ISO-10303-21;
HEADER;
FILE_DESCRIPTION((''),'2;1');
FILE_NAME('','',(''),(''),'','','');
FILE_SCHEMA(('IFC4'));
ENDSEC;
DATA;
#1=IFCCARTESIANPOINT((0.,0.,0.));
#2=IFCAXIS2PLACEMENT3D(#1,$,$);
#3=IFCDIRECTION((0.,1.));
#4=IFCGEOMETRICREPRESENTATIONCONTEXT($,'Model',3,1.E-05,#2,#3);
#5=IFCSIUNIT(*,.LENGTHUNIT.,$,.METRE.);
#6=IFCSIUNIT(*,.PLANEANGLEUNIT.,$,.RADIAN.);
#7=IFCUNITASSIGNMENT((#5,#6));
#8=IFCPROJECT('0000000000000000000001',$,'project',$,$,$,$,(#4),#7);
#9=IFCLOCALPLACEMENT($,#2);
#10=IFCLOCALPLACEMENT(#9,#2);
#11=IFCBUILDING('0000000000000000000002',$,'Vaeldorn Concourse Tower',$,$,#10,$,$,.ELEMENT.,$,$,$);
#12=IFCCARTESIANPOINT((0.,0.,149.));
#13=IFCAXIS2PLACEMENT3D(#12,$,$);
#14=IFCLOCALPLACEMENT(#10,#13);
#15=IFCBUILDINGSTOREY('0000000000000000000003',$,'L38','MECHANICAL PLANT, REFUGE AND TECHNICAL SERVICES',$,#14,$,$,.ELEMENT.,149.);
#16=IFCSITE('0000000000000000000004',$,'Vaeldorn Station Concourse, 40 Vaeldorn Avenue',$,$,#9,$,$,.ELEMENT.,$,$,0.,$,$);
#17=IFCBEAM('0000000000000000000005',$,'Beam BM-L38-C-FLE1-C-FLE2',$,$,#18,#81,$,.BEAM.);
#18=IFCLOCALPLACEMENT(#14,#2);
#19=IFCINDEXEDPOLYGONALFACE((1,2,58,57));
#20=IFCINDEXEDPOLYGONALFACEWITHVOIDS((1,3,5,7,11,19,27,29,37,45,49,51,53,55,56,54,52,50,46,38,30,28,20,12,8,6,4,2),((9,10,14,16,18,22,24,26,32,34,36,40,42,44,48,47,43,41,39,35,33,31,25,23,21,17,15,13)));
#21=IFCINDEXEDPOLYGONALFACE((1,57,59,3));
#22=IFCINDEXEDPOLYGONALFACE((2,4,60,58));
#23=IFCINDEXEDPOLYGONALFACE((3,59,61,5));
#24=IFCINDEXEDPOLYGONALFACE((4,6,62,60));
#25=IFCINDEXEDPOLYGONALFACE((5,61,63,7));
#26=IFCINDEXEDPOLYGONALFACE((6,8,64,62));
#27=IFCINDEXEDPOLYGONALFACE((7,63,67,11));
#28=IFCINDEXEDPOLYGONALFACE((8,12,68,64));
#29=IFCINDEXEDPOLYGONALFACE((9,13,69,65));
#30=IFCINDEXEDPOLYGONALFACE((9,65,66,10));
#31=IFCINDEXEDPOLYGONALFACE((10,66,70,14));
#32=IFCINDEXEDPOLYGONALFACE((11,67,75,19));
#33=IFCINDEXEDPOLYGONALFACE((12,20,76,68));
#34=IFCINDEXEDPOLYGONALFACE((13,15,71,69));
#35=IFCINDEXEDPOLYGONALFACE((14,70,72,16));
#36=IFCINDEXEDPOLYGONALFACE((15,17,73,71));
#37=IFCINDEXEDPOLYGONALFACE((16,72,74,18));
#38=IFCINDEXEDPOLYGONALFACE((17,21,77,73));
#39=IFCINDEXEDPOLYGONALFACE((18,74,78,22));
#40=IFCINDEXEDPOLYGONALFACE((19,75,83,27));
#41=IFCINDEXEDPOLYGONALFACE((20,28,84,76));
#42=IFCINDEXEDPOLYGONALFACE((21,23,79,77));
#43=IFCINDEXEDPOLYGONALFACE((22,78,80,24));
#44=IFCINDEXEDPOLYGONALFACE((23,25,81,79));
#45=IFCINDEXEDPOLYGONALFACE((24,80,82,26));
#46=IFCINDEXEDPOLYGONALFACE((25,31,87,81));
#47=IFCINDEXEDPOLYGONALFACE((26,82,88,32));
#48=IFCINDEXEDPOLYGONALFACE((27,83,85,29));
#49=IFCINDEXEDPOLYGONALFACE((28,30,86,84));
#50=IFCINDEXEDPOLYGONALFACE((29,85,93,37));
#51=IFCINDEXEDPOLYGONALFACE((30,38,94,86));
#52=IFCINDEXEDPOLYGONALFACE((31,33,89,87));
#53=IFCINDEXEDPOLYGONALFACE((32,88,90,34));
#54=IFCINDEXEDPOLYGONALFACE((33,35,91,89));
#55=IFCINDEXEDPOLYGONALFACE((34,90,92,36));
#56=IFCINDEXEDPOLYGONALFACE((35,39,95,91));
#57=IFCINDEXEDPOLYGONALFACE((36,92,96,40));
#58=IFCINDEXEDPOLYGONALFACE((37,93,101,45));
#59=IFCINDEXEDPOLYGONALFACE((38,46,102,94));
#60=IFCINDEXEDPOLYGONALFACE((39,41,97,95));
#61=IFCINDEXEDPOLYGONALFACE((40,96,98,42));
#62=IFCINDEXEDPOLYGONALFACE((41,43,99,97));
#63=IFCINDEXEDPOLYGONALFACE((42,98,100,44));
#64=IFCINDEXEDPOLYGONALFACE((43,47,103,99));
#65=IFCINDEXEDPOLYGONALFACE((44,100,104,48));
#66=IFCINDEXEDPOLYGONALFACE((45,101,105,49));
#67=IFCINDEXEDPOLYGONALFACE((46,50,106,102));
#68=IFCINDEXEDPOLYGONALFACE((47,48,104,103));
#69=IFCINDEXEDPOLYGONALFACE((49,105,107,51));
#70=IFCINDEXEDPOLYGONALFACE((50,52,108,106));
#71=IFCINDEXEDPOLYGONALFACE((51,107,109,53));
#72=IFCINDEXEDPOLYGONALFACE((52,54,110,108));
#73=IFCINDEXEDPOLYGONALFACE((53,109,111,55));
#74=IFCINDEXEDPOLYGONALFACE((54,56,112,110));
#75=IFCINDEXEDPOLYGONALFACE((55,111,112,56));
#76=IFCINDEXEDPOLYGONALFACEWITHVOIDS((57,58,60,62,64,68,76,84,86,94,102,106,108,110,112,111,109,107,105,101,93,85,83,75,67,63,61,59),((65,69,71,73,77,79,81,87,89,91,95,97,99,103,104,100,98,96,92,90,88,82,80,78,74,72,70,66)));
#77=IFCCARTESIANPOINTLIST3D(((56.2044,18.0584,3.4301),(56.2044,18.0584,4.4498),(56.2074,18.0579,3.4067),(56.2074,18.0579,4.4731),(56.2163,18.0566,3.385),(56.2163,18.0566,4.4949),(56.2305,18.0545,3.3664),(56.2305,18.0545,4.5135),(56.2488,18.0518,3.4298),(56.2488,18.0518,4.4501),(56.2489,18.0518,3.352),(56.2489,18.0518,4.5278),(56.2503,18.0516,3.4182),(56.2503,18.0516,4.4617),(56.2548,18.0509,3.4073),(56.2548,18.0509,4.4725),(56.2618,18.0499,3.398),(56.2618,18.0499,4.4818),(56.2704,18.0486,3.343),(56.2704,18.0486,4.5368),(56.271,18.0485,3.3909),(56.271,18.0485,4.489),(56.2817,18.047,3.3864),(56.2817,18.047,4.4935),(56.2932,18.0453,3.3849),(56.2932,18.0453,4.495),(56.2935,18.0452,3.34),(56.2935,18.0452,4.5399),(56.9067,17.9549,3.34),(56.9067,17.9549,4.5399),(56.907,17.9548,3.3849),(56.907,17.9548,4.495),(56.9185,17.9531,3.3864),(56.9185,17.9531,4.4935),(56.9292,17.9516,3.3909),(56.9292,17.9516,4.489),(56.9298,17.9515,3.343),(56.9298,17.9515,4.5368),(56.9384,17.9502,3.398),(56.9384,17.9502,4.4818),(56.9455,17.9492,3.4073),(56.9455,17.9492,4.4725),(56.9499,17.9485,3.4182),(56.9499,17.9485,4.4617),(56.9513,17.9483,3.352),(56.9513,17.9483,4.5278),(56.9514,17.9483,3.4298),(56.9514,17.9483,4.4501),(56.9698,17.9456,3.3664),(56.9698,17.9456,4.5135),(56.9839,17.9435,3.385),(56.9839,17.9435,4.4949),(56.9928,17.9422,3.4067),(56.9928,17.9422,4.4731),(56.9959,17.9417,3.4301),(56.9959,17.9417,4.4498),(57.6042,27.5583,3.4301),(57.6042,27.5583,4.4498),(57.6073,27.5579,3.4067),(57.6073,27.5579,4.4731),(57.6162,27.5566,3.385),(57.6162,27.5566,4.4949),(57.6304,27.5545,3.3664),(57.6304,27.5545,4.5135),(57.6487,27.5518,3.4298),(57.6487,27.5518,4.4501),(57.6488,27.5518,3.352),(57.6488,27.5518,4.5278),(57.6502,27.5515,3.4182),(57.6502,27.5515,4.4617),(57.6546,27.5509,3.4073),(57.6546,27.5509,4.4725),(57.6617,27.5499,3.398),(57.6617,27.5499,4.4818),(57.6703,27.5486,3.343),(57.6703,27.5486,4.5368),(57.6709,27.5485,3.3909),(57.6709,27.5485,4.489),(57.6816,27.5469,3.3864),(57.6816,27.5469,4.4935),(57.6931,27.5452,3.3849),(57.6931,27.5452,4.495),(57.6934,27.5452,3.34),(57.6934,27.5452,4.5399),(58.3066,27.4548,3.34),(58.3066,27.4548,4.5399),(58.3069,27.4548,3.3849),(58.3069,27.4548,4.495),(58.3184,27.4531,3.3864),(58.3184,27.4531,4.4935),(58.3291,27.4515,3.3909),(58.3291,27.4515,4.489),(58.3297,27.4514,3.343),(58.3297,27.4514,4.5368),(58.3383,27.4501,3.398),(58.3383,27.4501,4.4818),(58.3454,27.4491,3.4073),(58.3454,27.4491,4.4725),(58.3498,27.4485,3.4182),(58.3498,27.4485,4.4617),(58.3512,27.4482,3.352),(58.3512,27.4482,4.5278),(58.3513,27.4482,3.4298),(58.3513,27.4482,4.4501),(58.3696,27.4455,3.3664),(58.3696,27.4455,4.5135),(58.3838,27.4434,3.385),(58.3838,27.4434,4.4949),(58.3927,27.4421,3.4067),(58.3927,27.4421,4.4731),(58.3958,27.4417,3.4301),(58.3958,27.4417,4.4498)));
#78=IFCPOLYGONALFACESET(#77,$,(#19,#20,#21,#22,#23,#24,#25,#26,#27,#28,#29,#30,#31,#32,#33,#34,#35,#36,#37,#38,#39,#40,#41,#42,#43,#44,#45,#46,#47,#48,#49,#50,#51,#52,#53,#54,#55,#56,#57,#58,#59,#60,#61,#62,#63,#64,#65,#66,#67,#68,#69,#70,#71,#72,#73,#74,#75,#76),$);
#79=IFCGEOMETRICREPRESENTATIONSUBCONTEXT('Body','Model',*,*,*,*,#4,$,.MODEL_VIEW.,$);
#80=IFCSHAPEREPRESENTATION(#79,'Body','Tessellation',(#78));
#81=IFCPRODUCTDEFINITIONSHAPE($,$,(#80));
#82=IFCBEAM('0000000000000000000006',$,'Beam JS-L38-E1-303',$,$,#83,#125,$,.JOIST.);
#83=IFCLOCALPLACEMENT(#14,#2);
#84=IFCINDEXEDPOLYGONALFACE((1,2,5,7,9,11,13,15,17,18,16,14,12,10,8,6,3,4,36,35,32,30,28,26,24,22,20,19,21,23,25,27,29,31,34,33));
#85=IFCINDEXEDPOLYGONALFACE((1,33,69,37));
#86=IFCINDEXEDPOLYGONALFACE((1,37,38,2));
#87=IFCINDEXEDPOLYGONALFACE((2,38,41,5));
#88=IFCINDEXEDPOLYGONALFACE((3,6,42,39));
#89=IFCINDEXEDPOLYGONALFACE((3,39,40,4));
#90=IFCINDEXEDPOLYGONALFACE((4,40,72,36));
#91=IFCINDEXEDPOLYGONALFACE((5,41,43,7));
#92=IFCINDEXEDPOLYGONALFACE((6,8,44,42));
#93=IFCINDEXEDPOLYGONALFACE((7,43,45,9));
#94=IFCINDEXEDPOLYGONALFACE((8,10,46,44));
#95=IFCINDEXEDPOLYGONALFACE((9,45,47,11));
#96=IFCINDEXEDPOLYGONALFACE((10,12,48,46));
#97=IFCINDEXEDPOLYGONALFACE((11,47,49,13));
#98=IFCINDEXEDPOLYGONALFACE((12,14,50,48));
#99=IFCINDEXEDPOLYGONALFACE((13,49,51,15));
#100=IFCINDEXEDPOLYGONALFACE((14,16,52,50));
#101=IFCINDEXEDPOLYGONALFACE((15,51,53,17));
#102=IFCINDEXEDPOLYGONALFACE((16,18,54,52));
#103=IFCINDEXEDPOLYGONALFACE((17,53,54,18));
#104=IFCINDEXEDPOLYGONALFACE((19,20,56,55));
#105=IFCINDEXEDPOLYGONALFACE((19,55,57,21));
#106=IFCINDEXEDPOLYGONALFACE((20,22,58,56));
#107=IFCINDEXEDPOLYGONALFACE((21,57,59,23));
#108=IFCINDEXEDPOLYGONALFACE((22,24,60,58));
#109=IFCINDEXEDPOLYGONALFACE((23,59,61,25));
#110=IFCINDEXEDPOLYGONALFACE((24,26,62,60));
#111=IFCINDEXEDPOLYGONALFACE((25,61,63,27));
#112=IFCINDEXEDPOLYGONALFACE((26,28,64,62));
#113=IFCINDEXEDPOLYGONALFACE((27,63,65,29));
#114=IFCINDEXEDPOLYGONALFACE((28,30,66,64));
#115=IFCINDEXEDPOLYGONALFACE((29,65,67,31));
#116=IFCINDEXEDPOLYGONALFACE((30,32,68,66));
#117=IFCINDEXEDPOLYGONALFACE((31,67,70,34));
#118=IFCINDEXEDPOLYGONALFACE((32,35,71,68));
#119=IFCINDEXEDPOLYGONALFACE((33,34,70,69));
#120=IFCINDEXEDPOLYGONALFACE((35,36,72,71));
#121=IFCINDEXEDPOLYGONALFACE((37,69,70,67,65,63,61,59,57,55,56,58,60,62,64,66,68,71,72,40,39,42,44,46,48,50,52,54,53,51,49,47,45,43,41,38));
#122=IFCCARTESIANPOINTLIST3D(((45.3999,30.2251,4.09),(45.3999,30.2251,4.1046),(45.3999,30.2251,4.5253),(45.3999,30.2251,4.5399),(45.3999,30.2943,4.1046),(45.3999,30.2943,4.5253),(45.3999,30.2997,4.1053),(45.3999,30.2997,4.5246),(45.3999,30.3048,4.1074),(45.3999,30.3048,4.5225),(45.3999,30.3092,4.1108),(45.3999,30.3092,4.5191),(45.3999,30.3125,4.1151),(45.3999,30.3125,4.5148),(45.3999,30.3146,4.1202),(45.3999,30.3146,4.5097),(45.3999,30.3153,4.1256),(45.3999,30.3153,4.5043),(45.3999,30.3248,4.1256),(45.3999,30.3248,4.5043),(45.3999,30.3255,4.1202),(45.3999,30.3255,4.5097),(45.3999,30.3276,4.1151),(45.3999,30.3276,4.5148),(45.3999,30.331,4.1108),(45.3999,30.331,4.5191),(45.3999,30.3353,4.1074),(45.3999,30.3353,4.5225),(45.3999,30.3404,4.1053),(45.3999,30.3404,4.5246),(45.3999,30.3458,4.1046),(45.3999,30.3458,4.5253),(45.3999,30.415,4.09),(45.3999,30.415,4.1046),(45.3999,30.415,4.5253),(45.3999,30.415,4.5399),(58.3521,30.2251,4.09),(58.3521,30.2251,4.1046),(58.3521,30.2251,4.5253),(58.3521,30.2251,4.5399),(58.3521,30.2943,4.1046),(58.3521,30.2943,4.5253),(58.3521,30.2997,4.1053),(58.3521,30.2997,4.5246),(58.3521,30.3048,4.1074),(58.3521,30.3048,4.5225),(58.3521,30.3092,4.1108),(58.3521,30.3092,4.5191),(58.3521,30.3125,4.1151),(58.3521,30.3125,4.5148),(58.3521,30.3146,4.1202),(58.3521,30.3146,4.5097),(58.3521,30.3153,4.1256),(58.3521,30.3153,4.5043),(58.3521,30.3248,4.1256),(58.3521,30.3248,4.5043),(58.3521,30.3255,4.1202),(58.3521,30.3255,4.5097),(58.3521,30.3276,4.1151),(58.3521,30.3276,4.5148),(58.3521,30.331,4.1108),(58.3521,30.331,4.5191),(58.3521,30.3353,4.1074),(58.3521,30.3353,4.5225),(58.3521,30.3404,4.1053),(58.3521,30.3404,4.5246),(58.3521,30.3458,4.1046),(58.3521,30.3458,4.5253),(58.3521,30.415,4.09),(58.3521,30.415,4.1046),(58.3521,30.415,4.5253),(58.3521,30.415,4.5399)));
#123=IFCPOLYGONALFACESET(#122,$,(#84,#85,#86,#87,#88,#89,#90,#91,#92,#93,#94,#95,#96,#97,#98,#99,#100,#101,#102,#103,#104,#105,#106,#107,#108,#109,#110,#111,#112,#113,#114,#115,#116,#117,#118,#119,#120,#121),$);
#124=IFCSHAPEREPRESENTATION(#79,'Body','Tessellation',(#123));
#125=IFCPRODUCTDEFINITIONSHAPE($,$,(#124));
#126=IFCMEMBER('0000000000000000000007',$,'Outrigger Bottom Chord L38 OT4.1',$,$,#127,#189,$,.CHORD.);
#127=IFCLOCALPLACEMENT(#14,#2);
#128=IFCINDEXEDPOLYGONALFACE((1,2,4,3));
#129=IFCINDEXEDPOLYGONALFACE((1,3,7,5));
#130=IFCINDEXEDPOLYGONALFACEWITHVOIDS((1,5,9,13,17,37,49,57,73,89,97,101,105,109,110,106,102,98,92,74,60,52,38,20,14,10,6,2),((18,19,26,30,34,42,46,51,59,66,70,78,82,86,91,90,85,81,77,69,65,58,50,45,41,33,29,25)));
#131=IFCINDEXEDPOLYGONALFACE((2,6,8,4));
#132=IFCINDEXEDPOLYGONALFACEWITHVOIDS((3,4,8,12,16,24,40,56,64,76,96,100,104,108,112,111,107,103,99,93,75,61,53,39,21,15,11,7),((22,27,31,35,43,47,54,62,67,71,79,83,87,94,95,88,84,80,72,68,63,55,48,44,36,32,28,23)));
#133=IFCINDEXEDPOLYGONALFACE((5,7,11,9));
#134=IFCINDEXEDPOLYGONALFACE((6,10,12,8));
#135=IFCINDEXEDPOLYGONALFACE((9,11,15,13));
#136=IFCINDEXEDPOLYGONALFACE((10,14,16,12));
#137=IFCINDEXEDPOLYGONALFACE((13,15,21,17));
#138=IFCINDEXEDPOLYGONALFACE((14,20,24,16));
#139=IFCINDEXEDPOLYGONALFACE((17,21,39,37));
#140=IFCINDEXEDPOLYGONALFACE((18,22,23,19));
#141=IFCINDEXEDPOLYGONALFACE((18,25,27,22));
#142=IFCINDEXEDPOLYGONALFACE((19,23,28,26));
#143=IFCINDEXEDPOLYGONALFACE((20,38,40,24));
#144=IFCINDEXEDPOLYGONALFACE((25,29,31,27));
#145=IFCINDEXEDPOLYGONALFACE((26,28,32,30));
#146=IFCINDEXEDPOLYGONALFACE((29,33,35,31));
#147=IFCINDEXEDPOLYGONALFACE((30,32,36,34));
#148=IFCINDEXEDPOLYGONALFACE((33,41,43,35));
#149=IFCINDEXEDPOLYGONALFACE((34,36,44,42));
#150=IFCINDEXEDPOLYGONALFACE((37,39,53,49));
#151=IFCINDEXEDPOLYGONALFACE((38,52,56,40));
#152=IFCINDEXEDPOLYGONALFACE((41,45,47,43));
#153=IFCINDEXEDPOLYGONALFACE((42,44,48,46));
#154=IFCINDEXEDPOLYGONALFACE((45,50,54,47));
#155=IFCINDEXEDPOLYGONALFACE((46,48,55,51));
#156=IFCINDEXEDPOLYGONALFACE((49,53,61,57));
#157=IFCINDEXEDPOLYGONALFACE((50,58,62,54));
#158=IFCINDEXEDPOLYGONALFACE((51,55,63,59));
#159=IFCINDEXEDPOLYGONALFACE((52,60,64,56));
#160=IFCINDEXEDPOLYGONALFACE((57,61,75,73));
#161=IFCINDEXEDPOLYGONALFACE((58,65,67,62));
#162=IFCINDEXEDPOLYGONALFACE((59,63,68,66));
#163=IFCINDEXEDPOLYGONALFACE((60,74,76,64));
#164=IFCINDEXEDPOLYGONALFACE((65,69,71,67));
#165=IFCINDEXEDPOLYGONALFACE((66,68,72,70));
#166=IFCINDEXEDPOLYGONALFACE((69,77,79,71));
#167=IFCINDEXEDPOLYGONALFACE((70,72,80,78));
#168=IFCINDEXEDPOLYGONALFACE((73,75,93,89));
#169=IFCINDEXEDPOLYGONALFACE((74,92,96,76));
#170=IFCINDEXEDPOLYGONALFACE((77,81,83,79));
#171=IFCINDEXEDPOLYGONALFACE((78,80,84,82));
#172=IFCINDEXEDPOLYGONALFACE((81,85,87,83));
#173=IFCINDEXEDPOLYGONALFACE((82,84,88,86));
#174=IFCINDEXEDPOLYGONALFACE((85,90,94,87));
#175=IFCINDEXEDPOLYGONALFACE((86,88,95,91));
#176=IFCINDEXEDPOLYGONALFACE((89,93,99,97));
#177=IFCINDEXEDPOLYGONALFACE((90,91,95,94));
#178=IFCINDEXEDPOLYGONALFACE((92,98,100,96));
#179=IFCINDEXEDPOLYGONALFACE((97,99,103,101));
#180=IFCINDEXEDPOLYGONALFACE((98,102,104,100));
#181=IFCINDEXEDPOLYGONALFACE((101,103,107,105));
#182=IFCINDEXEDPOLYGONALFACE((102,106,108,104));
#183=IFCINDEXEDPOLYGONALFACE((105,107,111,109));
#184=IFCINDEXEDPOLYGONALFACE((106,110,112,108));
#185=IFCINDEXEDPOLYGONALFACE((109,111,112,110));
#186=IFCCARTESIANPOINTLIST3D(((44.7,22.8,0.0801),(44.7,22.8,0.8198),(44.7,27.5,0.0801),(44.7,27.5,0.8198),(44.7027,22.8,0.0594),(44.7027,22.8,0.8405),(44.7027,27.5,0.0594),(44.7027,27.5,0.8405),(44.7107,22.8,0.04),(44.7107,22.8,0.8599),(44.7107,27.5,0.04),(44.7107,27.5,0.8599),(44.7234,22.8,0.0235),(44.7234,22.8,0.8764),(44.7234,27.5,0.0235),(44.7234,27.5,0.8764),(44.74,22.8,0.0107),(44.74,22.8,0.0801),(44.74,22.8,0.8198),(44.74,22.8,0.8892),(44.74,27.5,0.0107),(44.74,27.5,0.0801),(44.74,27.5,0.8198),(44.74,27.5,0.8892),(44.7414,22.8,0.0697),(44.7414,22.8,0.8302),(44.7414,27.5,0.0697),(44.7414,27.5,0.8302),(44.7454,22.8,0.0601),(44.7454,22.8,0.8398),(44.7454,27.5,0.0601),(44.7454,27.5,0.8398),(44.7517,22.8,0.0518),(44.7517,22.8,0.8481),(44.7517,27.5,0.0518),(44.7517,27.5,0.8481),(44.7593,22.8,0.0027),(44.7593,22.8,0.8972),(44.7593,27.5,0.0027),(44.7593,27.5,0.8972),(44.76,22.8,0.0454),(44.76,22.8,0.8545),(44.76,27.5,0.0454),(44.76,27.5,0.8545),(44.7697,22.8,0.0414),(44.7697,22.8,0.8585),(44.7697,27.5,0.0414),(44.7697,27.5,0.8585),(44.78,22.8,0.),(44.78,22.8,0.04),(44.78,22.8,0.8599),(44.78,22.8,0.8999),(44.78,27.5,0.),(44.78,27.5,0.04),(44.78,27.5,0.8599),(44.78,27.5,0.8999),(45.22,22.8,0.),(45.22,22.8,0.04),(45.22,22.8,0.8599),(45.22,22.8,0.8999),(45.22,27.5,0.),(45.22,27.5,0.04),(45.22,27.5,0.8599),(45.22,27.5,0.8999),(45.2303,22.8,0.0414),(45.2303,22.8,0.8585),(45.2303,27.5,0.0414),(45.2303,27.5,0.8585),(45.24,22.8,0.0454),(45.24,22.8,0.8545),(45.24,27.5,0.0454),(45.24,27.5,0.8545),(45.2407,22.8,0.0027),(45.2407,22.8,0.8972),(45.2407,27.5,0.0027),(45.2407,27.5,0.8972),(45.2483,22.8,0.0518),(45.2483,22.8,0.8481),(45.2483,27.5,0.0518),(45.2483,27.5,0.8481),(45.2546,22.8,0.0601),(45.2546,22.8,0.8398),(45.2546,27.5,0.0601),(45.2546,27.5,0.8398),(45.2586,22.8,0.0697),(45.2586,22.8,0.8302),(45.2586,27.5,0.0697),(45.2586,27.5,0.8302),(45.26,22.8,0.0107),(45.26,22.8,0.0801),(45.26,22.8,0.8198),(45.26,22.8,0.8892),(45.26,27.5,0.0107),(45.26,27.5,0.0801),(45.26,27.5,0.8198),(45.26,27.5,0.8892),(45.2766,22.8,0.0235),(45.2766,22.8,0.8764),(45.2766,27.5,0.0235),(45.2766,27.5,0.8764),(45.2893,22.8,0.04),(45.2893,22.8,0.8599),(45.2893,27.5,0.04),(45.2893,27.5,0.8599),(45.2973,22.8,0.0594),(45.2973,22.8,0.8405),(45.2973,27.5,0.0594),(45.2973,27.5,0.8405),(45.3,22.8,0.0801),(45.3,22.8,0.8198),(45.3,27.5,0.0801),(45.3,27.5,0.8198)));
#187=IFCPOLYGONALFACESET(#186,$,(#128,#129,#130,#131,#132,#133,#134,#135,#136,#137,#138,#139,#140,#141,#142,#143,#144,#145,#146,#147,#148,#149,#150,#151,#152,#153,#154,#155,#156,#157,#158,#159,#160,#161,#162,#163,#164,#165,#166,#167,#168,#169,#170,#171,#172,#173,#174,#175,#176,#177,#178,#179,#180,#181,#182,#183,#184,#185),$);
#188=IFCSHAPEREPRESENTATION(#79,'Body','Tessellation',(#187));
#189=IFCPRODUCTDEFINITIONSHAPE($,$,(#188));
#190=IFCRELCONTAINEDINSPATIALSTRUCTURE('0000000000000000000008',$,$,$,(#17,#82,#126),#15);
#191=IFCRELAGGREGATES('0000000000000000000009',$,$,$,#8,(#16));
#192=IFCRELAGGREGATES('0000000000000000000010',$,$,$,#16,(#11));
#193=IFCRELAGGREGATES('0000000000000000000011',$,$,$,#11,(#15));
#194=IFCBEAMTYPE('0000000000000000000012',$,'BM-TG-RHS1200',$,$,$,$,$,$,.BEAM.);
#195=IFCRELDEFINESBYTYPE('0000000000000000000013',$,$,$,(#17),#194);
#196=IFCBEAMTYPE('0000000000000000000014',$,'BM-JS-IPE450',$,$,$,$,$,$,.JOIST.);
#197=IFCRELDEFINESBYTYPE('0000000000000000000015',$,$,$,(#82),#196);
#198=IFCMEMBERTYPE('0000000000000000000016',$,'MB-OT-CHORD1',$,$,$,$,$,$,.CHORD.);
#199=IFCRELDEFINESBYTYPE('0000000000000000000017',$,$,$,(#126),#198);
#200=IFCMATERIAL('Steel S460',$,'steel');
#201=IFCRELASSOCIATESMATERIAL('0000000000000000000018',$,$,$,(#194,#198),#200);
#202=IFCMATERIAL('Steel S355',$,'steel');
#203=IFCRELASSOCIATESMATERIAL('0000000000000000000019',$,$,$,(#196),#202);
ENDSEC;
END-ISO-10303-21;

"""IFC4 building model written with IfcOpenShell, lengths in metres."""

from ifc_helpers import new_model, si_unit, direction, frame, origin, origin_2d, place, context, subcontext, project, spatial, hollow_rectangle, i_section, extrude, source, transform, mapped, material, material_profile, profile_set, type_object, element, save


model = new_model("IFC4")

# Units and contexts
model_context = context("Model", 3, precision=1e-05, world=origin(), true_north=direction((0.0, 1.0)))
body_context = subcontext(model_context, "Body", "Model", "MODEL_VIEW")
ifc_project = project(units=[si_unit("LENGTHUNIT", "METRE"), si_unit("PLANEANGLEUNIT", "RADIAN")], contexts=[model_context])

# Site, building, storey
site_placement = place(None, origin())
site = spatial("IfcSite", under=ifc_project, at=site_placement, Name="Vaeldorn Station Concourse, 40 Vaeldorn Avenue", CompositionType="ELEMENT", RefElevation=0.0)
building_placement = place(site_placement, origin())
building = spatial("IfcBuilding", under=site, at=building_placement, Name="Vaeldorn Concourse Tower", CompositionType="ELEMENT")
storey_placement = place(building_placement, frame((0.0, 0.0, 149.0)))
storey = spatial("IfcBuildingStorey", under=building, at=storey_placement, Name="L38", Description="MECHANICAL PLANT, REFUGE AND TECHNICAL SERVICES", CompositionType="ELEMENT", Elevation=149.0)

# Shared definitions
ifc_material_1 = material(Name="Steel S460", Category="steel")

# Beams
ifc_material_profile_1 = material_profile(ifc_material_1, hollow_rectangle(XDim=0.8, YDim=1.2, WallThickness=0.0449, InnerFilletRadius=0.0449, OuterFilletRadius=0.0901, at=origin_2d()), Name="RHS 1200x800x45")
ifc_profile_set_1 = profile_set([ifc_material_profile_1], Name="Steel S460")
beam_type_1 = type_object("IfcBeamType", Name="BM-TG-RHS1200", PredefinedType="BEAM", material=ifc_profile_set_1)
shared_shape_1 = source(origin(), body_context, "Body", "SweptSolid", [
    extrude(hollow_rectangle(XDim=0.8, YDim=1.2, WallThickness=0.0449, InnerFilletRadius=0.0449, OuterFilletRadius=0.0901, at=origin_2d()), origin(), (0.0, 0.0, 1.0), 9.6025),
])
beam_1_placement = place(storey_placement, frame((58.0, 27.5, 3.9399), z_axis=(-0.145784, -0.989316, 0.0), x_axis=(0.989316, -0.145784, 0.0)))
element("IfcBeam", 1, at=beam_1_placement, inside=storey, type_object=beam_type_1, Name="Beam BM-L38-C-FLE1-C-FLE2", PredefinedType="BEAM", context=body_context, shape_type="MappedRepresentation", body=[
    mapped(shared_shape_1, transform((0.0, 0.0, 0.0), scale=1.0)),
])
ifc_material_2 = material(Name="Steel S355", Category="steel")
ifc_material_profile_2 = material_profile(ifc_material_2, i_section(OverallWidth=0.1899, OverallDepth=0.45, WebThickness=0.0095, FlangeThickness=0.0146, FilletRadius=0.021, at=origin_2d()), Name="IPE 450")
ifc_profile_set_2 = profile_set([ifc_material_profile_2], Name="Steel S355")
beam_type_2 = type_object("IfcBeamType", Name="BM-JS-IPE450", PredefinedType="JOIST", material=ifc_profile_set_2)
shared_shape_2 = source(origin(), body_context, "Body", "SweptSolid", [
    extrude(i_section(OverallWidth=0.1899, OverallDepth=0.45, WebThickness=0.0095, FlangeThickness=0.0146, FilletRadius=0.021, at=origin_2d()), origin(), (0.0, 0.0, 1.0), 12.9521),
])
beam_2_placement = place(storey_placement, frame((45.3999, 30.3201, 4.3149), z_axis=(1.0, 0.0, 0.0), x_axis=(0.0, 1.0, 0.0)))
element("IfcBeam", 2, at=beam_2_placement, inside=storey, type_object=beam_type_2, Name="Beam JS-L38-E1-303", PredefinedType="JOIST", context=body_context, shape_type="MappedRepresentation", body=[
    mapped(shared_shape_2, transform((0.0, 0.0, 0.0), scale=1.0)),
])

# Member
ifc_material_profile_3 = material_profile(ifc_material_1, hollow_rectangle(XDim=0.6001, YDim=0.8999, WallThickness=0.04, InnerFilletRadius=0.04, OuterFilletRadius=0.0801, at=origin_2d()), Name="RHS 900x600x40")
ifc_profile_set_3 = profile_set([ifc_material_profile_3], Name="Steel S460")
member_type_1 = type_object("IfcMemberType", Name="MB-OT-CHORD1", PredefinedType="CHORD", material=ifc_profile_set_3)
shared_shape_3 = source(origin(), body_context, "Body", "SweptSolid", [
    extrude(hollow_rectangle(XDim=0.6001, YDim=0.8999, WallThickness=0.04, InnerFilletRadius=0.04, OuterFilletRadius=0.0801, at=origin_2d()), origin(), (0.0, 0.0, 1.0), 4.7),
])
member_1_placement = place(storey_placement, frame((45.0, 27.5, 0.45), z_axis=(0.0, -1.0, 0.0), x_axis=(1.0, 0.0, 0.0)))
element("IfcMember", 3, at=member_1_placement, inside=storey, type_object=member_type_1, Name="Outrigger Bottom Chord L38 OT4.1", PredefinedType="CHORD", context=body_context, shape_type="MappedRepresentation", body=[
    mapped(shared_shape_3, transform((0.0, 0.0, 0.0), scale=1.0)),
])

save(model, "model.ifc")
